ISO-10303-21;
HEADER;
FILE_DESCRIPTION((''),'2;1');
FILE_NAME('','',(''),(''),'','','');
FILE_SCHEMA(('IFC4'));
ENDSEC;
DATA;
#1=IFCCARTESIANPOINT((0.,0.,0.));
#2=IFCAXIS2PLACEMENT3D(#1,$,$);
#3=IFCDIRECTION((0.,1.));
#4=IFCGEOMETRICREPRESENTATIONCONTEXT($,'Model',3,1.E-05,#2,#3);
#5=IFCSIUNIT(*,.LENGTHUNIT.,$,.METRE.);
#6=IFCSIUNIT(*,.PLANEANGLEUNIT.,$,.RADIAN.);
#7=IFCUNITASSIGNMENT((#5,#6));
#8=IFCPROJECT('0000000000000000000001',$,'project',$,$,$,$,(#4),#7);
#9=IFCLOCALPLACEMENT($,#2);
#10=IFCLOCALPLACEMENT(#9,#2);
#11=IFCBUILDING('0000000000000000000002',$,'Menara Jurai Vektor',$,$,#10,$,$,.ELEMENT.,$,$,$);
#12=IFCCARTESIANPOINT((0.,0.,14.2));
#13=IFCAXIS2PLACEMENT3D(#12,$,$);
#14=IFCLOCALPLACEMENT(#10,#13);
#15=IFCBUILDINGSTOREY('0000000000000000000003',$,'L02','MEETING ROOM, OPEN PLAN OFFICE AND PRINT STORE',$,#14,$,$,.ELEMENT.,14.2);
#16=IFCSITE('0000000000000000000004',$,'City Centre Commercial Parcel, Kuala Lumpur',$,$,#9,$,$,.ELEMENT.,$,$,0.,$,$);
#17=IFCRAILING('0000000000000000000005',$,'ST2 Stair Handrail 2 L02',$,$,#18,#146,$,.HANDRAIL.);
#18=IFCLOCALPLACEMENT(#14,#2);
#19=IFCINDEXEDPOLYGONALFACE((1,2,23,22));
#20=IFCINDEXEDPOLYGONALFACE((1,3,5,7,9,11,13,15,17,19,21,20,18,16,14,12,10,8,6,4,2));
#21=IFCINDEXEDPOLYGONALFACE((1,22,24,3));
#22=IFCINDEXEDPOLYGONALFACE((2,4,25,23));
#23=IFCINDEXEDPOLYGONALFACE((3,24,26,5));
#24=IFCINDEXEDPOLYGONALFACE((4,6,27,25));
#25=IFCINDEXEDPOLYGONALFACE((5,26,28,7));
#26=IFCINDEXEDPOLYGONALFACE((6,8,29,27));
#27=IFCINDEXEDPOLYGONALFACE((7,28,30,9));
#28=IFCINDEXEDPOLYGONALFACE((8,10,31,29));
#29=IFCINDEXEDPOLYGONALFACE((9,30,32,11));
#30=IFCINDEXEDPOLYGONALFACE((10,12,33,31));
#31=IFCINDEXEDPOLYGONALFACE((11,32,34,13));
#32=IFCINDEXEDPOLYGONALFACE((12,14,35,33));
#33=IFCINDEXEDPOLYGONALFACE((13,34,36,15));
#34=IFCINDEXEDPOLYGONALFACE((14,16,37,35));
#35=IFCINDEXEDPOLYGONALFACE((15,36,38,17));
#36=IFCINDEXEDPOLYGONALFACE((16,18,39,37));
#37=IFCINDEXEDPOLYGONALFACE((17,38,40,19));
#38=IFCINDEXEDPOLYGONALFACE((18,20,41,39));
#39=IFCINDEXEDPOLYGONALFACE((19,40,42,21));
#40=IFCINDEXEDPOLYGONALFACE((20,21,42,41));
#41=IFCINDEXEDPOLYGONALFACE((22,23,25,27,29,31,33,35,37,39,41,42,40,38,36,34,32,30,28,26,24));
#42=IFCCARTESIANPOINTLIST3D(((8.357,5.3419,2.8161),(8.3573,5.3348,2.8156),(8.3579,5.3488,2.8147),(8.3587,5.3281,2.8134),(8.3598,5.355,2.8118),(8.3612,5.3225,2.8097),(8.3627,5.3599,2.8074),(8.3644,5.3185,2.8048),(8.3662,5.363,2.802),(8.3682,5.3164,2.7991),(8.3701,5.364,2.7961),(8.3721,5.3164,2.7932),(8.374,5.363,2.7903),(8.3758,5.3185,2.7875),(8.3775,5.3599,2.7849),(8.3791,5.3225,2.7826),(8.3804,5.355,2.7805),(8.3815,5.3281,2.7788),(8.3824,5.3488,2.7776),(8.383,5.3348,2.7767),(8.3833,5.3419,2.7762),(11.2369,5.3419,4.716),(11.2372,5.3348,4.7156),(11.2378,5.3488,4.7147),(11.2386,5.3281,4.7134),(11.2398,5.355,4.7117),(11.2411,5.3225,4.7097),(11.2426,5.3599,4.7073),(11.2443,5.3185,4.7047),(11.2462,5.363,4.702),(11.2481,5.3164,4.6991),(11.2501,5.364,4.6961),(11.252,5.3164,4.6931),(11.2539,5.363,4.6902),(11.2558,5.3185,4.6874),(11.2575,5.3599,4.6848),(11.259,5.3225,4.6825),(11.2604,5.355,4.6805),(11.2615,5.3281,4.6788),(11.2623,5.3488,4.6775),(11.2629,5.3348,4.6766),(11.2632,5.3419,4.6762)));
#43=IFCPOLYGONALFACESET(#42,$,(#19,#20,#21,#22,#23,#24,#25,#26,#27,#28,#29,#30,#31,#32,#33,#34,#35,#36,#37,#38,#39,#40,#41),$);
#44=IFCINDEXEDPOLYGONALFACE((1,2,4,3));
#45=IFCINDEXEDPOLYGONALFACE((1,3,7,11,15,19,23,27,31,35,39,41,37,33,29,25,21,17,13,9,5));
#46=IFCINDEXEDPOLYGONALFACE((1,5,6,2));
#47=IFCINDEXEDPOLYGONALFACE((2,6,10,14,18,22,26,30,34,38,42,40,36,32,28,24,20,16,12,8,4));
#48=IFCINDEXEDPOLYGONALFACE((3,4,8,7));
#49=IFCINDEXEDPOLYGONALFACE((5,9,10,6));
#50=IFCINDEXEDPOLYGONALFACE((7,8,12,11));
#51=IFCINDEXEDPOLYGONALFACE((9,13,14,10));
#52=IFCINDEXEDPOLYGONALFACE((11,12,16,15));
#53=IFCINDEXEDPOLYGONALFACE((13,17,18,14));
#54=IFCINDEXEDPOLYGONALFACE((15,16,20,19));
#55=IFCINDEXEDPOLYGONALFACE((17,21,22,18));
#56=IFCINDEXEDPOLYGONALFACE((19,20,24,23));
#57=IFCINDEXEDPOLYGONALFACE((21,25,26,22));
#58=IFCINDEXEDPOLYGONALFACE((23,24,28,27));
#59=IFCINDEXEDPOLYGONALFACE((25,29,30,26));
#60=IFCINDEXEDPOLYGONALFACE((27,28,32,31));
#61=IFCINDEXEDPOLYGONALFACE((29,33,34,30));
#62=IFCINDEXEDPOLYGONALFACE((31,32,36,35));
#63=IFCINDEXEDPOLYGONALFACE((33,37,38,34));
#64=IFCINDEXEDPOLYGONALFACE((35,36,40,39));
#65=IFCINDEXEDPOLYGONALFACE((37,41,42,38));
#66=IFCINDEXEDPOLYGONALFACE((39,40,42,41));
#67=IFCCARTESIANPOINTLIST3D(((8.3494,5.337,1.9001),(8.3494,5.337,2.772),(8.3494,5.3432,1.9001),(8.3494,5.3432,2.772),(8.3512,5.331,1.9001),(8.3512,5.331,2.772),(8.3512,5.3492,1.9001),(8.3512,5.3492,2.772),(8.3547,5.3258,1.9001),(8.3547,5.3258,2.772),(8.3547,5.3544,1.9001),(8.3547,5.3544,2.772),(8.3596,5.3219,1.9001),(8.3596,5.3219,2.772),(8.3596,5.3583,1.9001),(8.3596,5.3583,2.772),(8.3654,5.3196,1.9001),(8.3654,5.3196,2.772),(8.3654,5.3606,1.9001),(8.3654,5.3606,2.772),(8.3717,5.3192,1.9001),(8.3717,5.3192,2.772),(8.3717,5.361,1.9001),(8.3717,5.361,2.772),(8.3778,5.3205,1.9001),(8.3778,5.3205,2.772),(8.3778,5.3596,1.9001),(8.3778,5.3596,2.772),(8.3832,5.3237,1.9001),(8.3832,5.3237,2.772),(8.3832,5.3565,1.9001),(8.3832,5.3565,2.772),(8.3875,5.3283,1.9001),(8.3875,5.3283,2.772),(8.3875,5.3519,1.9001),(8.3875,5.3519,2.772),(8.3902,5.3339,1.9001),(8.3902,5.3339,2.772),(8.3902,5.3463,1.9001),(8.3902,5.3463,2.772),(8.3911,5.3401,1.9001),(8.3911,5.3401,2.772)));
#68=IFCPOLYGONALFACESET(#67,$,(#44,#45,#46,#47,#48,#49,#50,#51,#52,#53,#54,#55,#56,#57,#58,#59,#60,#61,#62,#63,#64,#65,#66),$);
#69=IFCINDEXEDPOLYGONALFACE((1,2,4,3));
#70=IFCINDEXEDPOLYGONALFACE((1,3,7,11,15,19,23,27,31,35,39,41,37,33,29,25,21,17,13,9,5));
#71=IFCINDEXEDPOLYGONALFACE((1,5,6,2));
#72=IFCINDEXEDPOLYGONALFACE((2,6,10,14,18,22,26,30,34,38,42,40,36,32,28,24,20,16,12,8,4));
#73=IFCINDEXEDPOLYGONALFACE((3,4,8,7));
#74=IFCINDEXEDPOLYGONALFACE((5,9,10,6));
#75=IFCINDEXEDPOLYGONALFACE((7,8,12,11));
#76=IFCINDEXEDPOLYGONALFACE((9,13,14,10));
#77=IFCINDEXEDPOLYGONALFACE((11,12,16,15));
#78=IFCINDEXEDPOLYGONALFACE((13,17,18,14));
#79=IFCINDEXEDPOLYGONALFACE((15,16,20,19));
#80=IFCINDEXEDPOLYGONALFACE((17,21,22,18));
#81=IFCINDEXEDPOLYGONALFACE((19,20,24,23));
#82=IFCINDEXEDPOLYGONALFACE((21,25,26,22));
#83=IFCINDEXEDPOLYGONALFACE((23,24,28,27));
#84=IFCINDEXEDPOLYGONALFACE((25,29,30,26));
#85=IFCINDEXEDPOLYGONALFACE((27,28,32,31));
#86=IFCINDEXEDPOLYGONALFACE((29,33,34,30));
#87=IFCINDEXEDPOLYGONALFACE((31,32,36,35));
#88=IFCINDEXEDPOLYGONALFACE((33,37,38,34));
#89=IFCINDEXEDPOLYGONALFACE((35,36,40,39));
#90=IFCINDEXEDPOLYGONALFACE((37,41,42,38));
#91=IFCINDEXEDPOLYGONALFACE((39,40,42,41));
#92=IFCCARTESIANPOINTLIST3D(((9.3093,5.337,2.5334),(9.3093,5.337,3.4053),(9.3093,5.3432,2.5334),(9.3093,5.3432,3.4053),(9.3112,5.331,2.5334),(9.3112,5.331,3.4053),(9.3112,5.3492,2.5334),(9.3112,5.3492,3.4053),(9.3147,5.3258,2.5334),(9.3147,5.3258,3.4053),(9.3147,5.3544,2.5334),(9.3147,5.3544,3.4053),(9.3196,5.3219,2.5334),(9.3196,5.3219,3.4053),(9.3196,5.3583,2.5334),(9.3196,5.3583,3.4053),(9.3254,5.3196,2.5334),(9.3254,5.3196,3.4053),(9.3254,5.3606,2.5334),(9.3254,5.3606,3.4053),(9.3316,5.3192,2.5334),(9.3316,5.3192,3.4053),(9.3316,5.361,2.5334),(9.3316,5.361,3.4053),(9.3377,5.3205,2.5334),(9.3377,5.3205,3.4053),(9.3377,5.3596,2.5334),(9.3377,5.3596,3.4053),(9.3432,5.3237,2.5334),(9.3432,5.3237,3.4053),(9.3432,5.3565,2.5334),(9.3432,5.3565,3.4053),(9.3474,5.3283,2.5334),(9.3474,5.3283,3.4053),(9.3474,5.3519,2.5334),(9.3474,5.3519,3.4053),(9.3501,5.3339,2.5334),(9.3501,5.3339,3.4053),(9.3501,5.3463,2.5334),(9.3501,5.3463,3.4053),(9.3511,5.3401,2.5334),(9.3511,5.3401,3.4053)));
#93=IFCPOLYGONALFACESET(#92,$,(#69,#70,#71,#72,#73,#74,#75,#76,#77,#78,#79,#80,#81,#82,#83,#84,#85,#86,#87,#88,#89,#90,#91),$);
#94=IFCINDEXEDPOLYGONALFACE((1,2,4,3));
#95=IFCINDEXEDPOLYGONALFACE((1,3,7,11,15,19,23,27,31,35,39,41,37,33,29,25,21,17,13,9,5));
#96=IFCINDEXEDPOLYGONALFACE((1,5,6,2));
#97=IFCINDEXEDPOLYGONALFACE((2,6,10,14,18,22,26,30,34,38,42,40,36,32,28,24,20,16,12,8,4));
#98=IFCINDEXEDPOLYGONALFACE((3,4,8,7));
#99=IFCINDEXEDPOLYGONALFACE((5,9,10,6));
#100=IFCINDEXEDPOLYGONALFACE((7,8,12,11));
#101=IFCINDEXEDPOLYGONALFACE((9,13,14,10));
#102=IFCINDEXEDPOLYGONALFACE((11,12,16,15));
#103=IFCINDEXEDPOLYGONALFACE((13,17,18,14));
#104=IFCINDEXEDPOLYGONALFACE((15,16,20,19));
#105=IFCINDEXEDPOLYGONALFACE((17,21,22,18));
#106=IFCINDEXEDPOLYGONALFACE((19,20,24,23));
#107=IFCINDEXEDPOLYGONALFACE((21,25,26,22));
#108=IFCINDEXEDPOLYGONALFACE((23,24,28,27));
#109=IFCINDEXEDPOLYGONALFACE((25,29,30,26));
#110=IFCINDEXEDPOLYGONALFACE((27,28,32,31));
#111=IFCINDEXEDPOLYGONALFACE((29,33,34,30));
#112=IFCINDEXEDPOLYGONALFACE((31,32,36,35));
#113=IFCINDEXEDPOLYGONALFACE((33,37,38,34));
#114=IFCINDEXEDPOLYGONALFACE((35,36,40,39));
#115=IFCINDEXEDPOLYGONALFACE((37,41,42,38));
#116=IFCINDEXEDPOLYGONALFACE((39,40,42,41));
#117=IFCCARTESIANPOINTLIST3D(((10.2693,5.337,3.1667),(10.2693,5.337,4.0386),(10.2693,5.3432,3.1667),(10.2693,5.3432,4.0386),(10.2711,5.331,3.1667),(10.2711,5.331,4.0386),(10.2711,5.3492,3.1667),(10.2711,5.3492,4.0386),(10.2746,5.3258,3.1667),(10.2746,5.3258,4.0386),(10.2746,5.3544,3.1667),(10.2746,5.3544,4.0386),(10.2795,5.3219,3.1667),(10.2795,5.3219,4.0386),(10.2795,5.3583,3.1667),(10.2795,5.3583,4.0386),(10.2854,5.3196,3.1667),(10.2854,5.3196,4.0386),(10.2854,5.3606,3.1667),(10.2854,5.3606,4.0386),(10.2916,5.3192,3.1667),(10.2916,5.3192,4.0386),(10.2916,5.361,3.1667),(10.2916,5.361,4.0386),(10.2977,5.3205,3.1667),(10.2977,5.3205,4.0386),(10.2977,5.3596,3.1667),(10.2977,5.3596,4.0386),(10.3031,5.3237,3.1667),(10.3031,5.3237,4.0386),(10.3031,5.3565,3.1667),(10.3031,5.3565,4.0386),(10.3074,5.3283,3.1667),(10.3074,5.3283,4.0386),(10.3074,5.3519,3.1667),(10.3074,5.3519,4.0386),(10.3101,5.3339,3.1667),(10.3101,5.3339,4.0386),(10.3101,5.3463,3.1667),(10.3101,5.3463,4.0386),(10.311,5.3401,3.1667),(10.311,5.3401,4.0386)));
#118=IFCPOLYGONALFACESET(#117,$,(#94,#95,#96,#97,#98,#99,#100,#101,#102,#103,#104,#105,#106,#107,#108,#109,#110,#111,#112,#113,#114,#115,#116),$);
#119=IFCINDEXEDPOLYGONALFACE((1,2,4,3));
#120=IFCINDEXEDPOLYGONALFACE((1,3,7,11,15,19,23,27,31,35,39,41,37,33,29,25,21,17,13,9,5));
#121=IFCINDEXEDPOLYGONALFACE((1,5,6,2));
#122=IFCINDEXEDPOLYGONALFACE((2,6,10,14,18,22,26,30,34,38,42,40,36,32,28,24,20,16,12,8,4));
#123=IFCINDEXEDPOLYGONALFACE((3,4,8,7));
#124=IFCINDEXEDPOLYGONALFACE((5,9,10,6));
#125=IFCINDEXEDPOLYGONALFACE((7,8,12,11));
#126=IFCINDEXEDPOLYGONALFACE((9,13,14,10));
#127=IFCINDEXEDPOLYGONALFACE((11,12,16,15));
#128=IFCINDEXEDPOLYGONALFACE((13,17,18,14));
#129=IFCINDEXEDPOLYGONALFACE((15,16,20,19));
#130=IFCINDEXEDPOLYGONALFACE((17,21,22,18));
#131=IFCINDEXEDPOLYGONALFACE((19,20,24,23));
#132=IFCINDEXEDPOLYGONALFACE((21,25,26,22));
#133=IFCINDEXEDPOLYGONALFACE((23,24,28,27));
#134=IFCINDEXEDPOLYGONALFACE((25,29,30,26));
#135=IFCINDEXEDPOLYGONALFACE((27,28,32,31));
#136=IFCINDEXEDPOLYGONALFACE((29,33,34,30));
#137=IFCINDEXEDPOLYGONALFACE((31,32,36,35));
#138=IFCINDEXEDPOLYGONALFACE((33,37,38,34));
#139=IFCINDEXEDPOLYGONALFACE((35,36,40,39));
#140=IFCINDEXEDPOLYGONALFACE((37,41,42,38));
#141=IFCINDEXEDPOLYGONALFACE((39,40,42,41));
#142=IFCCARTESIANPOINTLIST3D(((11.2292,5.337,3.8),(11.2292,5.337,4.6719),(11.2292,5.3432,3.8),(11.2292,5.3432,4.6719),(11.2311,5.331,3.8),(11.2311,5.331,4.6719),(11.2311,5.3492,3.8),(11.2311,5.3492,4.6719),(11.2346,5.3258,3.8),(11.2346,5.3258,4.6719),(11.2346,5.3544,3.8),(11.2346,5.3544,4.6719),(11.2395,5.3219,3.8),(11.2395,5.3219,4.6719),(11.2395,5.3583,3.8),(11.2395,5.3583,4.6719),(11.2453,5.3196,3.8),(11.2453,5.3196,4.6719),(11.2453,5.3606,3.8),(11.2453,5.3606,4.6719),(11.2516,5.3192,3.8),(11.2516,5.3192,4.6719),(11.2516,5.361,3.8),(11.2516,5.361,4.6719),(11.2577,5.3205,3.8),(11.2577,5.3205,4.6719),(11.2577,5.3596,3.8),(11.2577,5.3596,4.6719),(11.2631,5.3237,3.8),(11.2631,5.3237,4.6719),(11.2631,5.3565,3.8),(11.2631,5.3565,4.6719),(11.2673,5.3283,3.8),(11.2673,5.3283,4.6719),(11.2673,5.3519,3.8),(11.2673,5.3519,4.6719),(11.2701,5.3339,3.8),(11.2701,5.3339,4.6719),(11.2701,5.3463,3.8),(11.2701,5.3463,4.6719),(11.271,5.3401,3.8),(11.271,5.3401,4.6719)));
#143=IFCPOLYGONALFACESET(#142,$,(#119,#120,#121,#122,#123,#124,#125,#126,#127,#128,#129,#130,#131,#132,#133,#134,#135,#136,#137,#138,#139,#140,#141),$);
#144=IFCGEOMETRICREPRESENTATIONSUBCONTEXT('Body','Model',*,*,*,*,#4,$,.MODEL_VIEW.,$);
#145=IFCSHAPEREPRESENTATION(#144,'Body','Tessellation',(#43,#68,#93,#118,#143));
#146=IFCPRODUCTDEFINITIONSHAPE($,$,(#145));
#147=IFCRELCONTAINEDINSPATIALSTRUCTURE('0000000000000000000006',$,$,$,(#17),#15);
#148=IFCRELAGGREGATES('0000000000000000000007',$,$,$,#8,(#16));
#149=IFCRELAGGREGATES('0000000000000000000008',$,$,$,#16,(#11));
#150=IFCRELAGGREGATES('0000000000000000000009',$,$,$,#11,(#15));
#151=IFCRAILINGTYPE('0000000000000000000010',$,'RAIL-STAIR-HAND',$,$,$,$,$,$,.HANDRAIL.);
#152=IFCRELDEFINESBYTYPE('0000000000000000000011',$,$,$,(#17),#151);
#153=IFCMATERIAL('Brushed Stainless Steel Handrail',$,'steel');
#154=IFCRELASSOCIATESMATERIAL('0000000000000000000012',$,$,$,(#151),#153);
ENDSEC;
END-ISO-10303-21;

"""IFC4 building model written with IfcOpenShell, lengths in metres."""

from ifc_helpers import new_model, si_unit, direction, frame, origin, origin_2d, place, context, subcontext, project, spatial, circle, extrude, material, type_object, element, save


model = new_model("IFC4")

# Units and contexts
model_context = context("Model", 3, precision=1e-05, world=origin(), true_north=direction((0.0, 1.0)))
body_context = subcontext(model_context, "Body", "Model", "MODEL_VIEW")
ifc_project = project(units=[si_unit("LENGTHUNIT", "METRE"), si_unit("PLANEANGLEUNIT", "RADIAN")], contexts=[model_context])

# Site, building, storey
site_placement = place(None, origin())
site = spatial("IfcSite", under=ifc_project, at=site_placement, Name="City Centre Commercial Parcel, Kuala Lumpur", CompositionType="ELEMENT", RefElevation=0.0)
building_placement = place(site_placement, origin())
building = spatial("IfcBuilding", under=site, at=building_placement, Name="Menara Jurai Vektor", CompositionType="ELEMENT")
storey_placement = place(building_placement, frame((0.0, 0.0, 14.2)))
storey = spatial("IfcBuildingStorey", under=building, at=storey_placement, Name="L02", Description="MEETING ROOM, OPEN PLAN OFFICE AND PRINT STORE", CompositionType="ELEMENT", Elevation=14.2)

# Railing
ifc_material_1 = material(Name="Brushed Stainless Steel Handrail", Category="steel")
railing_type_1 = type_object("IfcRailingType", Name="RAIL-STAIR-HAND", PredefinedType="HANDRAIL", material=ifc_material_1)
railing_1_placement = place(storey_placement, frame((8.3701, 5.3401, 1.9001)))
element("IfcRailing", 1, at=railing_1_placement, inside=storey, type_object=railing_type_1, Name="ST2 Stair Handrail 2 L02", PredefinedType="HANDRAIL", context=body_context, shape_type="SweptSolid", body=[
    extrude(circle(Radius=0.0239, at=origin_2d()), frame((0.0, 0.0, 0.896), z_axis=(0.834719, 0.0, 0.550677), x_axis=(0.0, 1.0, 0.0)), (0.0, 0.0, 1.0), 3.4502),
    extrude(circle(Radius=0.021, at=origin_2d()), origin(), (0.0, 0.0, 1.0), 0.8718),
    extrude(circle(Radius=0.021, at=origin_2d()), frame((0.96, 0.0, 0.6333)), (0.0, 0.0, 1.0), 0.8718),
    extrude(circle(Radius=0.021, at=origin_2d()), frame((1.9199, 0.0, 1.2666)), (0.0, 0.0, 1.0), 0.8718),
    extrude(circle(Radius=0.021, at=origin_2d()), frame((2.8799, 0.0, 1.8999)), (0.0, 0.0, 1.0), 0.8718),
])

save(model, "model.ifc")
